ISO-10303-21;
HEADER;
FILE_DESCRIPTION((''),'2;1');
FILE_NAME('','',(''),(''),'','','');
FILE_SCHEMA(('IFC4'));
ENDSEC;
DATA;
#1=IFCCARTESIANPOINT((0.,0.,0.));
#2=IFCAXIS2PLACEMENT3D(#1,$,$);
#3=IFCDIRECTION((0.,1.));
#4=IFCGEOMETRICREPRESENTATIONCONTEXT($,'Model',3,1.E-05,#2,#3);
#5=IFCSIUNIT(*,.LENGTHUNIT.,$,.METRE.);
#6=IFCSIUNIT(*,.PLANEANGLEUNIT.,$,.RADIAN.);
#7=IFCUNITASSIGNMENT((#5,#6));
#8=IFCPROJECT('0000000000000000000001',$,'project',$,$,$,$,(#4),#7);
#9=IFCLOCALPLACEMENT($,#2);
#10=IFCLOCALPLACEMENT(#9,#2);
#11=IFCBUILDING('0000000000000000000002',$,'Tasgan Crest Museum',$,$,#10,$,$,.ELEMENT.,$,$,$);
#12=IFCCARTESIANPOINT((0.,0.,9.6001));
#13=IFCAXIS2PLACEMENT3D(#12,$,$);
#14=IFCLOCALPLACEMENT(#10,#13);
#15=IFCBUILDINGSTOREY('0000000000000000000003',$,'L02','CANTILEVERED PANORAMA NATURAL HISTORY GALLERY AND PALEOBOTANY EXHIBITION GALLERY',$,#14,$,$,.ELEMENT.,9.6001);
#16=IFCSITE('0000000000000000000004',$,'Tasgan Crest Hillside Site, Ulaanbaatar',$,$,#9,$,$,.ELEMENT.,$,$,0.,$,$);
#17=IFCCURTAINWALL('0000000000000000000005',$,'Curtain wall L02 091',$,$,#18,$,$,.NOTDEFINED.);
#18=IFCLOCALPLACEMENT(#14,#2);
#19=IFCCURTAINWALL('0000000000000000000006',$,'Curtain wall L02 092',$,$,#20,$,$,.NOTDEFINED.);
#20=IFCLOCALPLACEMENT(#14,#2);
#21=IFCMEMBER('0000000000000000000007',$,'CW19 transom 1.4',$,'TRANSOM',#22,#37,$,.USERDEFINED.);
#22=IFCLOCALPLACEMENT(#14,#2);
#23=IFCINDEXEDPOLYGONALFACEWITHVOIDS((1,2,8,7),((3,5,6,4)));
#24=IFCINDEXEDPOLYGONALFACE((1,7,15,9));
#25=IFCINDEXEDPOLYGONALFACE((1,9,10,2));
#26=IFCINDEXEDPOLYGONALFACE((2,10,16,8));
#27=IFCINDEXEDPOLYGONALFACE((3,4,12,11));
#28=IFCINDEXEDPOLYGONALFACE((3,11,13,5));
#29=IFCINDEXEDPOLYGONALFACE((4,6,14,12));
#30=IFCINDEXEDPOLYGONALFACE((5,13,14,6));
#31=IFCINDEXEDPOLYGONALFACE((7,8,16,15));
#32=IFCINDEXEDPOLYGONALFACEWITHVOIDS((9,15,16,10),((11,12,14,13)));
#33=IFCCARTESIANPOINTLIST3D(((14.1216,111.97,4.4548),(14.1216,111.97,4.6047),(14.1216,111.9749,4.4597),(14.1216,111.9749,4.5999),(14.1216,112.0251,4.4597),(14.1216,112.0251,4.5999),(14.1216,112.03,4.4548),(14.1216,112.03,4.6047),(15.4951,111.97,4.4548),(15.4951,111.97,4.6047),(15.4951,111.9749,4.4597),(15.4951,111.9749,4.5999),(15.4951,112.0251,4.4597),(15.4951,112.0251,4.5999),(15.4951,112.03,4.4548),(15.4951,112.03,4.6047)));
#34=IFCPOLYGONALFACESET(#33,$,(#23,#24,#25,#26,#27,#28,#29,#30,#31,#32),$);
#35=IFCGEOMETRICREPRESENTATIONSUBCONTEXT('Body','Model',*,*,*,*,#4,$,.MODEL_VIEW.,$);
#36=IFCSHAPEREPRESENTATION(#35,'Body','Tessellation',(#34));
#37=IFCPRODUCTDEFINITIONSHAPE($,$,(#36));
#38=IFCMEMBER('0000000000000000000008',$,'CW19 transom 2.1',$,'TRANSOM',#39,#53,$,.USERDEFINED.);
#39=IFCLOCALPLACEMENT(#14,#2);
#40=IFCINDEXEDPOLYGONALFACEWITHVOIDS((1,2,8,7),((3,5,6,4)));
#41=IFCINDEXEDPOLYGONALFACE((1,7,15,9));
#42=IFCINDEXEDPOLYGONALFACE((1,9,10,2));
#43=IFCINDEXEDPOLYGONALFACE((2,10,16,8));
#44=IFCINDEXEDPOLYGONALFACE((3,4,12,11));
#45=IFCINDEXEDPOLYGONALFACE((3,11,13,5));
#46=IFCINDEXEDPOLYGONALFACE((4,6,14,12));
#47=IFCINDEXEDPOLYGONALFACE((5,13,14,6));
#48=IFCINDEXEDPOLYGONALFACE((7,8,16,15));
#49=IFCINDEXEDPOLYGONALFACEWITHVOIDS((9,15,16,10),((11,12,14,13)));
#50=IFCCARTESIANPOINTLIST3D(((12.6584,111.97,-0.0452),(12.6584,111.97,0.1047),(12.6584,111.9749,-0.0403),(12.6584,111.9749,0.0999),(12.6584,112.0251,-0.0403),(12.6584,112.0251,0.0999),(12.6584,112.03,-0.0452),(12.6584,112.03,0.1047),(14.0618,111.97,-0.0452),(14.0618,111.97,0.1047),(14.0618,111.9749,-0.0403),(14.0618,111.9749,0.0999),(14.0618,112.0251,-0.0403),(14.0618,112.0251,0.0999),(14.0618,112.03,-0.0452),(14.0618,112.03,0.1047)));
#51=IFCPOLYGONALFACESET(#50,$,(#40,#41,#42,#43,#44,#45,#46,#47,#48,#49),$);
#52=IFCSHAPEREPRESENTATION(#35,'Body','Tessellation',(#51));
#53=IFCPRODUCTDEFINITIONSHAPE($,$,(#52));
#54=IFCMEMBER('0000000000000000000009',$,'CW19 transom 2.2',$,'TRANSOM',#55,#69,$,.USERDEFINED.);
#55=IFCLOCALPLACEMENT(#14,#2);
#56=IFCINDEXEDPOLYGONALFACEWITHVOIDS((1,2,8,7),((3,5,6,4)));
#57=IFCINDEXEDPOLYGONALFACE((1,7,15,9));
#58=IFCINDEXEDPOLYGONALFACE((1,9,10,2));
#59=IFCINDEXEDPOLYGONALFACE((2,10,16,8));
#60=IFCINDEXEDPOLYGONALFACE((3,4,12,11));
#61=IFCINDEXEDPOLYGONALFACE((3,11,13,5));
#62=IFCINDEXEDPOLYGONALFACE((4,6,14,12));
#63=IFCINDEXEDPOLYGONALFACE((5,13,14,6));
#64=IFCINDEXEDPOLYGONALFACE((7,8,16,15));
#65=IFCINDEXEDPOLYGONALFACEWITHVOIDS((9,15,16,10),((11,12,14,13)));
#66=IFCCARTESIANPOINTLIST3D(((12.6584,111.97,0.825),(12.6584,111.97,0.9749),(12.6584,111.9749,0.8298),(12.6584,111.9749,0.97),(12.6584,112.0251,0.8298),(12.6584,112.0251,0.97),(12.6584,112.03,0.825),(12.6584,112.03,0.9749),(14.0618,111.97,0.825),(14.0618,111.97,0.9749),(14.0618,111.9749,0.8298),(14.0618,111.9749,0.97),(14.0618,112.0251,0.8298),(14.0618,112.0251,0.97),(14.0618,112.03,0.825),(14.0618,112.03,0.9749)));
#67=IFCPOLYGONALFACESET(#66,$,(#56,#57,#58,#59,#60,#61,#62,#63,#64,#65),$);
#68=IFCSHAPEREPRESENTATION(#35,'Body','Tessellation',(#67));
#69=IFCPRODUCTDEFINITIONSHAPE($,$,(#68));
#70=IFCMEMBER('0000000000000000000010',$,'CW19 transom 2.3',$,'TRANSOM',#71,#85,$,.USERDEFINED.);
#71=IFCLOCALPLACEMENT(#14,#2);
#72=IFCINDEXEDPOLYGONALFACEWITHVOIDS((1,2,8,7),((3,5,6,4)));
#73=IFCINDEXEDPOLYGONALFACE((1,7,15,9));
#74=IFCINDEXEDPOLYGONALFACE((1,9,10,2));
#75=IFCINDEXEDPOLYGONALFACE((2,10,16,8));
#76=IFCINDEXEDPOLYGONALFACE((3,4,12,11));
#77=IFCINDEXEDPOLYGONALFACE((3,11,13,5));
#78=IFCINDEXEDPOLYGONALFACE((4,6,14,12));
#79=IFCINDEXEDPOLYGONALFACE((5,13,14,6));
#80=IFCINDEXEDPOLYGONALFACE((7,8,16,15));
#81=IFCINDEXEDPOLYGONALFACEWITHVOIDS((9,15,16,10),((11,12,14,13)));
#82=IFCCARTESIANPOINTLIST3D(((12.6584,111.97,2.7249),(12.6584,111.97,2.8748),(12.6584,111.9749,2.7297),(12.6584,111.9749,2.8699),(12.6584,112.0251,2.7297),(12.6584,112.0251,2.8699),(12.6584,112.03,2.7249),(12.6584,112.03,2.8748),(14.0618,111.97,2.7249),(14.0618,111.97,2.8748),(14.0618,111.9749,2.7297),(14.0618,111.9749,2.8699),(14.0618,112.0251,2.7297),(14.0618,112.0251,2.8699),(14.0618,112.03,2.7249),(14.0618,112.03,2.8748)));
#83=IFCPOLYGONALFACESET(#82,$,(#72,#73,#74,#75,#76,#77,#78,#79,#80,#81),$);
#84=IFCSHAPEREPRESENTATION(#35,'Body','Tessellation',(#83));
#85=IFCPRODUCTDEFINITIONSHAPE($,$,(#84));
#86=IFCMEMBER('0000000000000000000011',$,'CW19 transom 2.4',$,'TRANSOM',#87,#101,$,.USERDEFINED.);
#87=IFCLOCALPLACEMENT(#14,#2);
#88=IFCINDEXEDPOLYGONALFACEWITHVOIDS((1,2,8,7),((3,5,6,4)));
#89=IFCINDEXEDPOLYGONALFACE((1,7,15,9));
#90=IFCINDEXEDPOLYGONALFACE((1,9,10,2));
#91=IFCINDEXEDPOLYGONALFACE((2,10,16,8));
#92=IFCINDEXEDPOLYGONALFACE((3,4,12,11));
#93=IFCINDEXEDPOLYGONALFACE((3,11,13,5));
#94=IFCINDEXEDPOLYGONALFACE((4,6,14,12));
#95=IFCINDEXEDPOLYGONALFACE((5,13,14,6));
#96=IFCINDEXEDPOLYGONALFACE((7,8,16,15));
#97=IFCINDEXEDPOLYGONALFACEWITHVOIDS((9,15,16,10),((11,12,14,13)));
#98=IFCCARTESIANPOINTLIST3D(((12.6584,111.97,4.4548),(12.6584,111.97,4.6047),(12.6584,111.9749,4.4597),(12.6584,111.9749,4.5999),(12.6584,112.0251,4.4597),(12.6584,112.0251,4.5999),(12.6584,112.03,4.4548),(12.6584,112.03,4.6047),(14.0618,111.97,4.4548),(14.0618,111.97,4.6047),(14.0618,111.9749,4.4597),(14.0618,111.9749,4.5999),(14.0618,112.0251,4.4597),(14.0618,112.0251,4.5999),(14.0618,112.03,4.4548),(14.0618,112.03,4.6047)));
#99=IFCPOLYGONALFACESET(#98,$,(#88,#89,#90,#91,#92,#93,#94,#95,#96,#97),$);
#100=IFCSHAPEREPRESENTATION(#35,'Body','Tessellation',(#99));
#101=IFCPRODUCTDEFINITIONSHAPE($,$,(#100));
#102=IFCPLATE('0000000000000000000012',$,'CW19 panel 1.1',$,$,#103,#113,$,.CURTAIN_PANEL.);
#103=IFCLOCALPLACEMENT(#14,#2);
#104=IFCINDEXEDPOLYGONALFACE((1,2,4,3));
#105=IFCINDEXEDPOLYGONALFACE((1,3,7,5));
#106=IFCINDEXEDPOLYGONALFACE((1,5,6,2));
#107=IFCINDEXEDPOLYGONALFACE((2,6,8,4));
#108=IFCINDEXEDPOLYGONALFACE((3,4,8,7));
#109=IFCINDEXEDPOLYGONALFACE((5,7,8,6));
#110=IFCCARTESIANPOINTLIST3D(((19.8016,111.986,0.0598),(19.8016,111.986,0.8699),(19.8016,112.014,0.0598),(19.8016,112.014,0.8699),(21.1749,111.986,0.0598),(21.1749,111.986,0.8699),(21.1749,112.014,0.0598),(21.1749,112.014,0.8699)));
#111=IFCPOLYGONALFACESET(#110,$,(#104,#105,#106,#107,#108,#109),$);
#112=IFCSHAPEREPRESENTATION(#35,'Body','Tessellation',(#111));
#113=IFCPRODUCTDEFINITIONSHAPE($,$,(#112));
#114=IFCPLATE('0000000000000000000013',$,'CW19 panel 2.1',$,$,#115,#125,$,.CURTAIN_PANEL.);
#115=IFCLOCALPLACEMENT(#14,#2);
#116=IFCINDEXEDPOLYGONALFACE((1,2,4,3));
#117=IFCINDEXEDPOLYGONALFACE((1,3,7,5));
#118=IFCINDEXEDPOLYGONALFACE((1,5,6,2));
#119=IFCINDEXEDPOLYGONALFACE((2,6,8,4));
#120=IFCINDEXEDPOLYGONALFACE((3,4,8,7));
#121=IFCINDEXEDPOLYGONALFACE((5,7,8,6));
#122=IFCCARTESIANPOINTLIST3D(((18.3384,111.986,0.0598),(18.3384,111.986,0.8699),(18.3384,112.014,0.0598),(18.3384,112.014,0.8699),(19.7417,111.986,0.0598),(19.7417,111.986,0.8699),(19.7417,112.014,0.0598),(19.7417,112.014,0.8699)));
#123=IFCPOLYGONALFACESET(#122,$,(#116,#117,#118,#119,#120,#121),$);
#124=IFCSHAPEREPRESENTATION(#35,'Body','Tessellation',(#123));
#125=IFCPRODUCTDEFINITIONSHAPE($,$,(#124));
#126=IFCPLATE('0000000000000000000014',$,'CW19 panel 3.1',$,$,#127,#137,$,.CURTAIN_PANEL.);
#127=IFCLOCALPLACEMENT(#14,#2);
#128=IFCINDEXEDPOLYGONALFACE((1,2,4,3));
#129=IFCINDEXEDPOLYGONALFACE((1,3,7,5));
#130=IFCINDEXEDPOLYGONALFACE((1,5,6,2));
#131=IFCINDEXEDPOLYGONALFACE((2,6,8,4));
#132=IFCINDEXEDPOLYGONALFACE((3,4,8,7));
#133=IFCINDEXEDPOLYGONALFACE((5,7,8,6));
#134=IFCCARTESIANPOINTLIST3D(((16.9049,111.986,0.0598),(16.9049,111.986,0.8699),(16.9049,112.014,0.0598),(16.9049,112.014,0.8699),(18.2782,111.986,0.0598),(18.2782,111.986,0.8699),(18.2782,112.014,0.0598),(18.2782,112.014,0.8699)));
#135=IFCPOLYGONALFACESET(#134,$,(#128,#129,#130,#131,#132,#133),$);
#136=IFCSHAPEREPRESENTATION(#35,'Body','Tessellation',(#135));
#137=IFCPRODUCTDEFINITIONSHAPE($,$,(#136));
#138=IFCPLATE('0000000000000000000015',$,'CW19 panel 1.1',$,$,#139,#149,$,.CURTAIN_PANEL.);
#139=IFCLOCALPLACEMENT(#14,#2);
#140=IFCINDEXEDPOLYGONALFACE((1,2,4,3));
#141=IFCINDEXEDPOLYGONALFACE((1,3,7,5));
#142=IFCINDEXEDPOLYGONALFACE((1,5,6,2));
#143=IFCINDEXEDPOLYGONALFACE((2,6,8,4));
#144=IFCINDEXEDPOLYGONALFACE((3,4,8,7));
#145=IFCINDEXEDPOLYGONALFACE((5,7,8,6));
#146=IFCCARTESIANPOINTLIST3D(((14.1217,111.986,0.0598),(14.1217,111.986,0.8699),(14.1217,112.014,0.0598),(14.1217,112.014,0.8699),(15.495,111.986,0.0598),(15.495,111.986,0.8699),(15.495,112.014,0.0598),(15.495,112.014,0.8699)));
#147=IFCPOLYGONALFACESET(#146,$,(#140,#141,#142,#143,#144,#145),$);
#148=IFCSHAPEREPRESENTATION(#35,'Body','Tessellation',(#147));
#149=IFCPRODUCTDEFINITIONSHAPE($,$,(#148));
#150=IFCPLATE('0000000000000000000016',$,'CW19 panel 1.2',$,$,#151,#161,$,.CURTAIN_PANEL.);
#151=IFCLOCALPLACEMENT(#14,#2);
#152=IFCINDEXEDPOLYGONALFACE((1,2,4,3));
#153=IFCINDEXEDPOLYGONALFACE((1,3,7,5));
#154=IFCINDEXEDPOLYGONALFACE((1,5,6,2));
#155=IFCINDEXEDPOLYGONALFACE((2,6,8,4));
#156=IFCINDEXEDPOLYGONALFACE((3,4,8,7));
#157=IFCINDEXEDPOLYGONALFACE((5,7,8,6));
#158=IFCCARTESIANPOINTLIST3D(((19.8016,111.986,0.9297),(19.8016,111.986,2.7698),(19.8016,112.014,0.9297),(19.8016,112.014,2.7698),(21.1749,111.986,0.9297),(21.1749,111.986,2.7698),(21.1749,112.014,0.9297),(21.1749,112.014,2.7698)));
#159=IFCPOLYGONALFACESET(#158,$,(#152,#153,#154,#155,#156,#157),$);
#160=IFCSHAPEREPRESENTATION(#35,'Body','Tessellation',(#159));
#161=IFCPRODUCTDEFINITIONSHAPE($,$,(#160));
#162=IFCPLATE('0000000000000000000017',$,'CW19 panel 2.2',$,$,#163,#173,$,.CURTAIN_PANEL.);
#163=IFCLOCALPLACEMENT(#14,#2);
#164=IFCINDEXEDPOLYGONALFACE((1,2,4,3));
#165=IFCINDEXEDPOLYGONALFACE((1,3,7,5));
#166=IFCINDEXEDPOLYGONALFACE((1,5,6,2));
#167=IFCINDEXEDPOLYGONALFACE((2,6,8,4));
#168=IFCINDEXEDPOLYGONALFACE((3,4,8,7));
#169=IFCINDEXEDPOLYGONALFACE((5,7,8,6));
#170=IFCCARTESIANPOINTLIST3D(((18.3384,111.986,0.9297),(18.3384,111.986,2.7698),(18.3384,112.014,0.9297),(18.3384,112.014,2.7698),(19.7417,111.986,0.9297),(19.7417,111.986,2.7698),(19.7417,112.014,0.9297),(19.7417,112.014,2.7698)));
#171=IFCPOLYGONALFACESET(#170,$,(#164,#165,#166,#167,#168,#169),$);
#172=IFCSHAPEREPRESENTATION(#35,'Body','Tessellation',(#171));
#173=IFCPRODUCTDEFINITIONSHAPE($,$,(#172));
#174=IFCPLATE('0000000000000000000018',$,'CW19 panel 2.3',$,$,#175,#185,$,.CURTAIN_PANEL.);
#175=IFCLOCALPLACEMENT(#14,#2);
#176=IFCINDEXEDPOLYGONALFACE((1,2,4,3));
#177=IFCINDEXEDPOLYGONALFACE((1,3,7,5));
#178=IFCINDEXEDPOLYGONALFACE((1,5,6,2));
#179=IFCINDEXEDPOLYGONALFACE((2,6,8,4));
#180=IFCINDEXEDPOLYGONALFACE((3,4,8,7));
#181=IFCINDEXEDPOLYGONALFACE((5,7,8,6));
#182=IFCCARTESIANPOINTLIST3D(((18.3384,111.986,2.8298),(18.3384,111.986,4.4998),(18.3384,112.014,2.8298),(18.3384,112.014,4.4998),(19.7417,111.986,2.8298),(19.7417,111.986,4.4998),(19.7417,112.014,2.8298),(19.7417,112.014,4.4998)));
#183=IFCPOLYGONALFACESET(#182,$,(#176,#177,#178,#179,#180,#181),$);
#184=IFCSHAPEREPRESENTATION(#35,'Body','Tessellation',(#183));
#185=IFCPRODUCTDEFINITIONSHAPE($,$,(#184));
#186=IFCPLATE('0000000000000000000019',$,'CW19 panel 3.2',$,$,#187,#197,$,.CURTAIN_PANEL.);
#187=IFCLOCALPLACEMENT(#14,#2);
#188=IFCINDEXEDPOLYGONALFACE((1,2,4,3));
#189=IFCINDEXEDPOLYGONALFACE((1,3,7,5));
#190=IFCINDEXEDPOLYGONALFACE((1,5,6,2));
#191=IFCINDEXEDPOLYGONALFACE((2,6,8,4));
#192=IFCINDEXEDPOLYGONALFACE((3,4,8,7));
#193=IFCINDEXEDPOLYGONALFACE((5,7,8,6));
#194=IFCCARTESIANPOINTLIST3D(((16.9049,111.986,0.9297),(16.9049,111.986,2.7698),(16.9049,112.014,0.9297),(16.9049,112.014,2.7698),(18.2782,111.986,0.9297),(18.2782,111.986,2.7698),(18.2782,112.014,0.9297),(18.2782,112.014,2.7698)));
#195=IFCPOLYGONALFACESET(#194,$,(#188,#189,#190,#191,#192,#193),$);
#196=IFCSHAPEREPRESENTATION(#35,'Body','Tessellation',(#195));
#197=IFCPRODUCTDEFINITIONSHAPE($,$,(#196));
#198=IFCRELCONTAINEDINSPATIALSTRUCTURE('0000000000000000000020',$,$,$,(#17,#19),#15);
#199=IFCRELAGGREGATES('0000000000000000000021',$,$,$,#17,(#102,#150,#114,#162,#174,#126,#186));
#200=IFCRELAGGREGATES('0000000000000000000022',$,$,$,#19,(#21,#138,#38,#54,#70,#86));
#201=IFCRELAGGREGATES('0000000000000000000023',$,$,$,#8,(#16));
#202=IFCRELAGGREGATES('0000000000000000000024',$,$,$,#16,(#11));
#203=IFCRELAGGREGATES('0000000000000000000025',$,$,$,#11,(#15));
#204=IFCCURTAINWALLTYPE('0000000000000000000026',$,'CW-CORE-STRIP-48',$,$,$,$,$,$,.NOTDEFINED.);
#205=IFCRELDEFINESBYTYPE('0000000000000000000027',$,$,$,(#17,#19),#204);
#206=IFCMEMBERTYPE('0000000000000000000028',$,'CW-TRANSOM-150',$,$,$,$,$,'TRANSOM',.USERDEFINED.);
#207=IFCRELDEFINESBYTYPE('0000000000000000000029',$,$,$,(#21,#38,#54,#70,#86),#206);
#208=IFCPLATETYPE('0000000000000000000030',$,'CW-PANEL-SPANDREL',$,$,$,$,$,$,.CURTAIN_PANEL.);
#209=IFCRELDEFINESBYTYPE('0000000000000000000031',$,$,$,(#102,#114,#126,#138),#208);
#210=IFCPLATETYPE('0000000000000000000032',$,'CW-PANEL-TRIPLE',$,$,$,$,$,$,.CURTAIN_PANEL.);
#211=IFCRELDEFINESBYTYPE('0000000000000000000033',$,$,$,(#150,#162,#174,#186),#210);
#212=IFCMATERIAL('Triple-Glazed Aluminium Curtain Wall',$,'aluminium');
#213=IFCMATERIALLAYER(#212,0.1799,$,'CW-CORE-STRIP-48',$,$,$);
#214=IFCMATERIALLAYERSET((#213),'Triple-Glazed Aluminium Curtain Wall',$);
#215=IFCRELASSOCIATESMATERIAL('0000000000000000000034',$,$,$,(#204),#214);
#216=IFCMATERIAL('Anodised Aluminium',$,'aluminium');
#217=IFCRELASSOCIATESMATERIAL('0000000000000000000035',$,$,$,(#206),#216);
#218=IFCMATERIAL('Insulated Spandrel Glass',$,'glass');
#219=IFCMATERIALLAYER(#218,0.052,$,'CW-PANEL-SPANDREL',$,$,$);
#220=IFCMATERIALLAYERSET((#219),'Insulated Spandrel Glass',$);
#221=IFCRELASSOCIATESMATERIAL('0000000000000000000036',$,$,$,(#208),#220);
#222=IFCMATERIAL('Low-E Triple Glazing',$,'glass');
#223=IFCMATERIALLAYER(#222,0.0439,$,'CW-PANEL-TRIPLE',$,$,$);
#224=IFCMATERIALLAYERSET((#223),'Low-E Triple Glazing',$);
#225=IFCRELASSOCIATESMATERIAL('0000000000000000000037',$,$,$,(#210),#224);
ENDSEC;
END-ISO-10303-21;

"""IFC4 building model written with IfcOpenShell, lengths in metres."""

from ifc_helpers import new_model, si_unit, direction, frame, origin, origin_2d, place, context, subcontext, project, spatial, rectangle, hollow_rectangle, extrude, material, layer, layer_set, material_profile, profile_set, type_object, element, aggregate, save


model = new_model("IFC4")

# Units and contexts
model_context = context("Model", 3, precision=1e-05, world=origin(), true_north=direction((0.0, 1.0)))
body_context = subcontext(model_context, "Body", "Model", "MODEL_VIEW")
ifc_project = project(units=[si_unit("LENGTHUNIT", "METRE"), si_unit("PLANEANGLEUNIT", "RADIAN")], contexts=[model_context])

# Site, building, storey
site_placement = place(None, origin())
site = spatial("IfcSite", under=ifc_project, at=site_placement, Name="Tasgan Crest Hillside Site, Ulaanbaatar", CompositionType="ELEMENT", RefElevation=0.0)
building_placement = place(site_placement, origin())
building = spatial("IfcBuilding", under=site, at=building_placement, Name="Tasgan Crest Museum", CompositionType="ELEMENT")
storey_placement = place(building_placement, frame((0.0, 0.0, 9.6001)))
storey = spatial("IfcBuildingStorey", under=building, at=storey_placement, Name="L02", Description="CANTILEVERED PANORAMA NATURAL HISTORY GALLERY AND PALEOBOTANY EXHIBITION GALLERY", CompositionType="ELEMENT", Elevation=9.6001)

# Curtain walls
ifc_material_1 = material(Name="Triple-Glazed Aluminium Curtain Wall", Category="aluminium")
ifc_layer_1 = layer(ifc_material_1, 0.1799, Name="CW-CORE-STRIP-48")
ifc_layer_set_1 = layer_set([ifc_layer_1], Name="Triple-Glazed Aluminium Curtain Wall")
curtain_wall_type = type_object("IfcCurtainWallType", Name="CW-CORE-STRIP-48", PredefinedType="NOTDEFINED", material=ifc_layer_set_1)
curtain_wall_1_placement = place(storey_placement, origin())
curtain_wall_1 = element("IfcCurtainWall", 1, at=curtain_wall_1_placement, inside=storey, type_object=curtain_wall_type, Name="Curtain wall L02 091", PredefinedType="NOTDEFINED")
curtain_wall_2_placement = place(storey_placement, origin())
curtain_wall_2 = element("IfcCurtainWall", 2, at=curtain_wall_2_placement, inside=storey, type_object=curtain_wall_type, Name="Curtain wall L02 092", PredefinedType="NOTDEFINED")

# Members
ifc_material_2 = material(Name="Anodised Aluminium", Category="aluminium")
ifc_material_profile_1 = material_profile(ifc_material_2, hollow_rectangle(XDim=0.0601, YDim=0.1499, WallThickness=0.0049, at=origin_2d()), Name="ALU TRANSOM 150x60x5")
ifc_profile_set_1 = profile_set([ifc_material_profile_1], Name="Anodised Aluminium")
member_type_1 = type_object("IfcMemberType", Name="CW-TRANSOM-150", ElementType="TRANSOM", PredefinedType="USERDEFINED", material=ifc_profile_set_1)
member_1_placement = place(storey_placement, frame((15.4951, 112.0, 4.5298), z_axis=(-1.0, 0.0, 0.0), x_axis=(0.0, -1.0, 0.0)))
member_1 = element("IfcMember", 3, at=member_1_placement, type_object=member_type_1, Name="CW19 transom 1.4", ObjectType="TRANSOM", PredefinedType="USERDEFINED", context=body_context, shape_type="SweptSolid", body=[
    extrude(hollow_rectangle(XDim=0.0601, YDim=0.1499, WallThickness=0.0049, at=origin_2d()), origin(), (0.0, 0.0, 1.0), 1.3735),
])
member_2_placement = place(storey_placement, frame((14.0618, 112.0, 0.0298), z_axis=(-1.0, 0.0, 0.0), x_axis=(0.0, -1.0, 0.0)))
member_2 = element("IfcMember", 4, at=member_2_placement, type_object=member_type_1, Name="CW19 transom 2.1", ObjectType="TRANSOM", PredefinedType="USERDEFINED", context=body_context, shape_type="SweptSolid", body=[
    extrude(hollow_rectangle(XDim=0.0601, YDim=0.1499, WallThickness=0.0049, at=origin_2d()), origin(), (0.0, 0.0, 1.0), 1.4033),
])
member_3_placement = place(storey_placement, frame((14.0618, 112.0, 0.8999), z_axis=(-1.0, 0.0, 0.0), x_axis=(0.0, -1.0, 0.0)))
member_3 = element("IfcMember", 5, at=member_3_placement, type_object=member_type_1, Name="CW19 transom 2.2", ObjectType="TRANSOM", PredefinedType="USERDEFINED", context=body_context, shape_type="SweptSolid", body=[
    extrude(hollow_rectangle(XDim=0.0601, YDim=0.1499, WallThickness=0.0049, at=origin_2d()), origin(), (0.0, 0.0, 1.0), 1.4033),
])
member_4_placement = place(storey_placement, frame((14.0618, 112.0, 2.7998), z_axis=(-1.0, 0.0, 0.0), x_axis=(0.0, -1.0, 0.0)))
member_4 = element("IfcMember", 6, at=member_4_placement, type_object=member_type_1, Name="CW19 transom 2.3", ObjectType="TRANSOM", PredefinedType="USERDEFINED", context=body_context, shape_type="SweptSolid", body=[
    extrude(hollow_rectangle(XDim=0.0601, YDim=0.1499, WallThickness=0.0049, at=origin_2d()), origin(), (0.0, 0.0, 1.0), 1.4033),
])
member_5_placement = place(storey_placement, frame((14.0618, 112.0, 4.5298), z_axis=(-1.0, 0.0, 0.0), x_axis=(0.0, -1.0, 0.0)))
member_5 = element("IfcMember", 7, at=member_5_placement, type_object=member_type_1, Name="CW19 transom 2.4", ObjectType="TRANSOM", PredefinedType="USERDEFINED", context=body_context, shape_type="SweptSolid", body=[
    extrude(hollow_rectangle(XDim=0.0601, YDim=0.1499, WallThickness=0.0049, at=origin_2d()), origin(), (0.0, 0.0, 1.0), 1.4033),
])

# Plates
ifc_material_3 = material(Name="Insulated Spandrel Glass", Category="glass")
ifc_layer_2 = layer(ifc_material_3, 0.052, Name="CW-PANEL-SPANDREL")
ifc_layer_set_2 = layer_set([ifc_layer_2], Name="Insulated Spandrel Glass")
plate_type_1 = type_object("IfcPlateType", Name="CW-PANEL-SPANDREL", PredefinedType="CURTAIN_PANEL", material=ifc_layer_set_2)
plate_1_placement = place(storey_placement, frame((20.4883, 112.0, 0.0598), z_axis=(0.0, 0.0, 1.0), x_axis=(-1.0, 0.0, 0.0)))
plate_1 = element("IfcPlate", 8, at=plate_1_placement, type_object=plate_type_1, Name="CW19 panel 1.1", PredefinedType="CURTAIN_PANEL", context=body_context, shape_type="SweptSolid", body=[
    extrude(rectangle(XDim=1.3733, YDim=0.0281, at=origin_2d()), origin(), (0.0, 0.0, 1.0), 0.8101),
])
plate_2_placement = place(storey_placement, frame((19.04, 112.0, 0.0598), z_axis=(0.0, 0.0, 1.0), x_axis=(-1.0, 0.0, 0.0)))
plate_2 = element("IfcPlate", 9, at=plate_2_placement, type_object=plate_type_1, Name="CW19 panel 2.1", PredefinedType="CURTAIN_PANEL", context=body_context, shape_type="SweptSolid", body=[
    extrude(rectangle(XDim=1.4033, YDim=0.0281, at=origin_2d()), origin(), (0.0, 0.0, 1.0), 0.8101),
])
plate_3_placement = place(storey_placement, frame((17.5916, 112.0, 0.0598), z_axis=(0.0, 0.0, 1.0), x_axis=(-1.0, 0.0, 0.0)))
plate_3 = element("IfcPlate", 10, at=plate_3_placement, type_object=plate_type_1, Name="CW19 panel 3.1", PredefinedType="CURTAIN_PANEL", context=body_context, shape_type="SweptSolid", body=[
    extrude(rectangle(XDim=1.3733, YDim=0.0281, at=origin_2d()), origin(), (0.0, 0.0, 1.0), 0.8101),
])
plate_4_placement = place(storey_placement, frame((14.8083, 112.0, 0.0598), z_axis=(0.0, 0.0, 1.0), x_axis=(-1.0, 0.0, 0.0)))
plate_4 = element("IfcPlate", 11, at=plate_4_placement, type_object=plate_type_1, Name="CW19 panel 1.1", PredefinedType="CURTAIN_PANEL", context=body_context, shape_type="SweptSolid", body=[
    extrude(rectangle(XDim=1.3733, YDim=0.0281, at=origin_2d()), origin(), (0.0, 0.0, 1.0), 0.8101),
])
ifc_material_4 = material(Name="Low-E Triple Glazing", Category="glass")
ifc_layer_3 = layer(ifc_material_4, 0.0439, Name="CW-PANEL-TRIPLE")
ifc_layer_set_3 = layer_set([ifc_layer_3], Name="Low-E Triple Glazing")
plate_type_2 = type_object("IfcPlateType", Name="CW-PANEL-TRIPLE", PredefinedType="CURTAIN_PANEL", material=ifc_layer_set_3)
plate_5_placement = place(storey_placement, frame((20.4883, 112.0, 0.9297), z_axis=(0.0, 0.0, 1.0), x_axis=(-1.0, 0.0, 0.0)))
plate_5 = element("IfcPlate", 12, at=plate_5_placement, type_object=plate_type_2, Name="CW19 panel 1.2", PredefinedType="CURTAIN_PANEL", context=body_context, shape_type="SweptSolid", body=[
    extrude(rectangle(XDim=1.3733, YDim=0.0281, at=origin_2d()), origin(), (0.0, 0.0, 1.0), 1.8401),
])
plate_6_placement = place(storey_placement, frame((19.04, 112.0, 0.9297), z_axis=(0.0, 0.0, 1.0), x_axis=(-1.0, 0.0, 0.0)))
plate_6 = element("IfcPlate", 13, at=plate_6_placement, type_object=plate_type_2, Name="CW19 panel 2.2", PredefinedType="CURTAIN_PANEL", context=body_context, shape_type="SweptSolid", body=[
    extrude(rectangle(XDim=1.4033, YDim=0.0281, at=origin_2d()), origin(), (0.0, 0.0, 1.0), 1.8401),
])
plate_7_placement = place(storey_placement, frame((19.04, 112.0, 2.8298), z_axis=(0.0, 0.0, 1.0), x_axis=(-1.0, 0.0, 0.0)))
plate_7 = element("IfcPlate", 14, at=plate_7_placement, type_object=plate_type_2, Name="CW19 panel 2.3", PredefinedType="CURTAIN_PANEL", context=body_context, shape_type="SweptSolid", body=[
    extrude(rectangle(XDim=1.4033, YDim=0.0281, at=origin_2d()), origin(), (0.0, 0.0, 1.0), 1.6699),
])
plate_8_placement = place(storey_placement, frame((17.5916, 112.0, 0.9297), z_axis=(0.0, 0.0, 1.0), x_axis=(-1.0, 0.0, 0.0)))
plate_8 = element("IfcPlate", 15, at=plate_8_placement, type_object=plate_type_2, Name="CW19 panel 3.2", PredefinedType="CURTAIN_PANEL", context=body_context, shape_type="SweptSolid", body=[
    extrude(rectangle(XDim=1.3733, YDim=0.0281, at=origin_2d()), origin(), (0.0, 0.0, 1.0), 1.8401),
])
aggregate(curtain_wall_1, [plate_1, plate_5, plate_2, plate_6, plate_7, plate_3, plate_8])
aggregate(curtain_wall_2, [member_1, plate_4, member_2, member_3, member_4, member_5])

save(model, "model.ifc")
